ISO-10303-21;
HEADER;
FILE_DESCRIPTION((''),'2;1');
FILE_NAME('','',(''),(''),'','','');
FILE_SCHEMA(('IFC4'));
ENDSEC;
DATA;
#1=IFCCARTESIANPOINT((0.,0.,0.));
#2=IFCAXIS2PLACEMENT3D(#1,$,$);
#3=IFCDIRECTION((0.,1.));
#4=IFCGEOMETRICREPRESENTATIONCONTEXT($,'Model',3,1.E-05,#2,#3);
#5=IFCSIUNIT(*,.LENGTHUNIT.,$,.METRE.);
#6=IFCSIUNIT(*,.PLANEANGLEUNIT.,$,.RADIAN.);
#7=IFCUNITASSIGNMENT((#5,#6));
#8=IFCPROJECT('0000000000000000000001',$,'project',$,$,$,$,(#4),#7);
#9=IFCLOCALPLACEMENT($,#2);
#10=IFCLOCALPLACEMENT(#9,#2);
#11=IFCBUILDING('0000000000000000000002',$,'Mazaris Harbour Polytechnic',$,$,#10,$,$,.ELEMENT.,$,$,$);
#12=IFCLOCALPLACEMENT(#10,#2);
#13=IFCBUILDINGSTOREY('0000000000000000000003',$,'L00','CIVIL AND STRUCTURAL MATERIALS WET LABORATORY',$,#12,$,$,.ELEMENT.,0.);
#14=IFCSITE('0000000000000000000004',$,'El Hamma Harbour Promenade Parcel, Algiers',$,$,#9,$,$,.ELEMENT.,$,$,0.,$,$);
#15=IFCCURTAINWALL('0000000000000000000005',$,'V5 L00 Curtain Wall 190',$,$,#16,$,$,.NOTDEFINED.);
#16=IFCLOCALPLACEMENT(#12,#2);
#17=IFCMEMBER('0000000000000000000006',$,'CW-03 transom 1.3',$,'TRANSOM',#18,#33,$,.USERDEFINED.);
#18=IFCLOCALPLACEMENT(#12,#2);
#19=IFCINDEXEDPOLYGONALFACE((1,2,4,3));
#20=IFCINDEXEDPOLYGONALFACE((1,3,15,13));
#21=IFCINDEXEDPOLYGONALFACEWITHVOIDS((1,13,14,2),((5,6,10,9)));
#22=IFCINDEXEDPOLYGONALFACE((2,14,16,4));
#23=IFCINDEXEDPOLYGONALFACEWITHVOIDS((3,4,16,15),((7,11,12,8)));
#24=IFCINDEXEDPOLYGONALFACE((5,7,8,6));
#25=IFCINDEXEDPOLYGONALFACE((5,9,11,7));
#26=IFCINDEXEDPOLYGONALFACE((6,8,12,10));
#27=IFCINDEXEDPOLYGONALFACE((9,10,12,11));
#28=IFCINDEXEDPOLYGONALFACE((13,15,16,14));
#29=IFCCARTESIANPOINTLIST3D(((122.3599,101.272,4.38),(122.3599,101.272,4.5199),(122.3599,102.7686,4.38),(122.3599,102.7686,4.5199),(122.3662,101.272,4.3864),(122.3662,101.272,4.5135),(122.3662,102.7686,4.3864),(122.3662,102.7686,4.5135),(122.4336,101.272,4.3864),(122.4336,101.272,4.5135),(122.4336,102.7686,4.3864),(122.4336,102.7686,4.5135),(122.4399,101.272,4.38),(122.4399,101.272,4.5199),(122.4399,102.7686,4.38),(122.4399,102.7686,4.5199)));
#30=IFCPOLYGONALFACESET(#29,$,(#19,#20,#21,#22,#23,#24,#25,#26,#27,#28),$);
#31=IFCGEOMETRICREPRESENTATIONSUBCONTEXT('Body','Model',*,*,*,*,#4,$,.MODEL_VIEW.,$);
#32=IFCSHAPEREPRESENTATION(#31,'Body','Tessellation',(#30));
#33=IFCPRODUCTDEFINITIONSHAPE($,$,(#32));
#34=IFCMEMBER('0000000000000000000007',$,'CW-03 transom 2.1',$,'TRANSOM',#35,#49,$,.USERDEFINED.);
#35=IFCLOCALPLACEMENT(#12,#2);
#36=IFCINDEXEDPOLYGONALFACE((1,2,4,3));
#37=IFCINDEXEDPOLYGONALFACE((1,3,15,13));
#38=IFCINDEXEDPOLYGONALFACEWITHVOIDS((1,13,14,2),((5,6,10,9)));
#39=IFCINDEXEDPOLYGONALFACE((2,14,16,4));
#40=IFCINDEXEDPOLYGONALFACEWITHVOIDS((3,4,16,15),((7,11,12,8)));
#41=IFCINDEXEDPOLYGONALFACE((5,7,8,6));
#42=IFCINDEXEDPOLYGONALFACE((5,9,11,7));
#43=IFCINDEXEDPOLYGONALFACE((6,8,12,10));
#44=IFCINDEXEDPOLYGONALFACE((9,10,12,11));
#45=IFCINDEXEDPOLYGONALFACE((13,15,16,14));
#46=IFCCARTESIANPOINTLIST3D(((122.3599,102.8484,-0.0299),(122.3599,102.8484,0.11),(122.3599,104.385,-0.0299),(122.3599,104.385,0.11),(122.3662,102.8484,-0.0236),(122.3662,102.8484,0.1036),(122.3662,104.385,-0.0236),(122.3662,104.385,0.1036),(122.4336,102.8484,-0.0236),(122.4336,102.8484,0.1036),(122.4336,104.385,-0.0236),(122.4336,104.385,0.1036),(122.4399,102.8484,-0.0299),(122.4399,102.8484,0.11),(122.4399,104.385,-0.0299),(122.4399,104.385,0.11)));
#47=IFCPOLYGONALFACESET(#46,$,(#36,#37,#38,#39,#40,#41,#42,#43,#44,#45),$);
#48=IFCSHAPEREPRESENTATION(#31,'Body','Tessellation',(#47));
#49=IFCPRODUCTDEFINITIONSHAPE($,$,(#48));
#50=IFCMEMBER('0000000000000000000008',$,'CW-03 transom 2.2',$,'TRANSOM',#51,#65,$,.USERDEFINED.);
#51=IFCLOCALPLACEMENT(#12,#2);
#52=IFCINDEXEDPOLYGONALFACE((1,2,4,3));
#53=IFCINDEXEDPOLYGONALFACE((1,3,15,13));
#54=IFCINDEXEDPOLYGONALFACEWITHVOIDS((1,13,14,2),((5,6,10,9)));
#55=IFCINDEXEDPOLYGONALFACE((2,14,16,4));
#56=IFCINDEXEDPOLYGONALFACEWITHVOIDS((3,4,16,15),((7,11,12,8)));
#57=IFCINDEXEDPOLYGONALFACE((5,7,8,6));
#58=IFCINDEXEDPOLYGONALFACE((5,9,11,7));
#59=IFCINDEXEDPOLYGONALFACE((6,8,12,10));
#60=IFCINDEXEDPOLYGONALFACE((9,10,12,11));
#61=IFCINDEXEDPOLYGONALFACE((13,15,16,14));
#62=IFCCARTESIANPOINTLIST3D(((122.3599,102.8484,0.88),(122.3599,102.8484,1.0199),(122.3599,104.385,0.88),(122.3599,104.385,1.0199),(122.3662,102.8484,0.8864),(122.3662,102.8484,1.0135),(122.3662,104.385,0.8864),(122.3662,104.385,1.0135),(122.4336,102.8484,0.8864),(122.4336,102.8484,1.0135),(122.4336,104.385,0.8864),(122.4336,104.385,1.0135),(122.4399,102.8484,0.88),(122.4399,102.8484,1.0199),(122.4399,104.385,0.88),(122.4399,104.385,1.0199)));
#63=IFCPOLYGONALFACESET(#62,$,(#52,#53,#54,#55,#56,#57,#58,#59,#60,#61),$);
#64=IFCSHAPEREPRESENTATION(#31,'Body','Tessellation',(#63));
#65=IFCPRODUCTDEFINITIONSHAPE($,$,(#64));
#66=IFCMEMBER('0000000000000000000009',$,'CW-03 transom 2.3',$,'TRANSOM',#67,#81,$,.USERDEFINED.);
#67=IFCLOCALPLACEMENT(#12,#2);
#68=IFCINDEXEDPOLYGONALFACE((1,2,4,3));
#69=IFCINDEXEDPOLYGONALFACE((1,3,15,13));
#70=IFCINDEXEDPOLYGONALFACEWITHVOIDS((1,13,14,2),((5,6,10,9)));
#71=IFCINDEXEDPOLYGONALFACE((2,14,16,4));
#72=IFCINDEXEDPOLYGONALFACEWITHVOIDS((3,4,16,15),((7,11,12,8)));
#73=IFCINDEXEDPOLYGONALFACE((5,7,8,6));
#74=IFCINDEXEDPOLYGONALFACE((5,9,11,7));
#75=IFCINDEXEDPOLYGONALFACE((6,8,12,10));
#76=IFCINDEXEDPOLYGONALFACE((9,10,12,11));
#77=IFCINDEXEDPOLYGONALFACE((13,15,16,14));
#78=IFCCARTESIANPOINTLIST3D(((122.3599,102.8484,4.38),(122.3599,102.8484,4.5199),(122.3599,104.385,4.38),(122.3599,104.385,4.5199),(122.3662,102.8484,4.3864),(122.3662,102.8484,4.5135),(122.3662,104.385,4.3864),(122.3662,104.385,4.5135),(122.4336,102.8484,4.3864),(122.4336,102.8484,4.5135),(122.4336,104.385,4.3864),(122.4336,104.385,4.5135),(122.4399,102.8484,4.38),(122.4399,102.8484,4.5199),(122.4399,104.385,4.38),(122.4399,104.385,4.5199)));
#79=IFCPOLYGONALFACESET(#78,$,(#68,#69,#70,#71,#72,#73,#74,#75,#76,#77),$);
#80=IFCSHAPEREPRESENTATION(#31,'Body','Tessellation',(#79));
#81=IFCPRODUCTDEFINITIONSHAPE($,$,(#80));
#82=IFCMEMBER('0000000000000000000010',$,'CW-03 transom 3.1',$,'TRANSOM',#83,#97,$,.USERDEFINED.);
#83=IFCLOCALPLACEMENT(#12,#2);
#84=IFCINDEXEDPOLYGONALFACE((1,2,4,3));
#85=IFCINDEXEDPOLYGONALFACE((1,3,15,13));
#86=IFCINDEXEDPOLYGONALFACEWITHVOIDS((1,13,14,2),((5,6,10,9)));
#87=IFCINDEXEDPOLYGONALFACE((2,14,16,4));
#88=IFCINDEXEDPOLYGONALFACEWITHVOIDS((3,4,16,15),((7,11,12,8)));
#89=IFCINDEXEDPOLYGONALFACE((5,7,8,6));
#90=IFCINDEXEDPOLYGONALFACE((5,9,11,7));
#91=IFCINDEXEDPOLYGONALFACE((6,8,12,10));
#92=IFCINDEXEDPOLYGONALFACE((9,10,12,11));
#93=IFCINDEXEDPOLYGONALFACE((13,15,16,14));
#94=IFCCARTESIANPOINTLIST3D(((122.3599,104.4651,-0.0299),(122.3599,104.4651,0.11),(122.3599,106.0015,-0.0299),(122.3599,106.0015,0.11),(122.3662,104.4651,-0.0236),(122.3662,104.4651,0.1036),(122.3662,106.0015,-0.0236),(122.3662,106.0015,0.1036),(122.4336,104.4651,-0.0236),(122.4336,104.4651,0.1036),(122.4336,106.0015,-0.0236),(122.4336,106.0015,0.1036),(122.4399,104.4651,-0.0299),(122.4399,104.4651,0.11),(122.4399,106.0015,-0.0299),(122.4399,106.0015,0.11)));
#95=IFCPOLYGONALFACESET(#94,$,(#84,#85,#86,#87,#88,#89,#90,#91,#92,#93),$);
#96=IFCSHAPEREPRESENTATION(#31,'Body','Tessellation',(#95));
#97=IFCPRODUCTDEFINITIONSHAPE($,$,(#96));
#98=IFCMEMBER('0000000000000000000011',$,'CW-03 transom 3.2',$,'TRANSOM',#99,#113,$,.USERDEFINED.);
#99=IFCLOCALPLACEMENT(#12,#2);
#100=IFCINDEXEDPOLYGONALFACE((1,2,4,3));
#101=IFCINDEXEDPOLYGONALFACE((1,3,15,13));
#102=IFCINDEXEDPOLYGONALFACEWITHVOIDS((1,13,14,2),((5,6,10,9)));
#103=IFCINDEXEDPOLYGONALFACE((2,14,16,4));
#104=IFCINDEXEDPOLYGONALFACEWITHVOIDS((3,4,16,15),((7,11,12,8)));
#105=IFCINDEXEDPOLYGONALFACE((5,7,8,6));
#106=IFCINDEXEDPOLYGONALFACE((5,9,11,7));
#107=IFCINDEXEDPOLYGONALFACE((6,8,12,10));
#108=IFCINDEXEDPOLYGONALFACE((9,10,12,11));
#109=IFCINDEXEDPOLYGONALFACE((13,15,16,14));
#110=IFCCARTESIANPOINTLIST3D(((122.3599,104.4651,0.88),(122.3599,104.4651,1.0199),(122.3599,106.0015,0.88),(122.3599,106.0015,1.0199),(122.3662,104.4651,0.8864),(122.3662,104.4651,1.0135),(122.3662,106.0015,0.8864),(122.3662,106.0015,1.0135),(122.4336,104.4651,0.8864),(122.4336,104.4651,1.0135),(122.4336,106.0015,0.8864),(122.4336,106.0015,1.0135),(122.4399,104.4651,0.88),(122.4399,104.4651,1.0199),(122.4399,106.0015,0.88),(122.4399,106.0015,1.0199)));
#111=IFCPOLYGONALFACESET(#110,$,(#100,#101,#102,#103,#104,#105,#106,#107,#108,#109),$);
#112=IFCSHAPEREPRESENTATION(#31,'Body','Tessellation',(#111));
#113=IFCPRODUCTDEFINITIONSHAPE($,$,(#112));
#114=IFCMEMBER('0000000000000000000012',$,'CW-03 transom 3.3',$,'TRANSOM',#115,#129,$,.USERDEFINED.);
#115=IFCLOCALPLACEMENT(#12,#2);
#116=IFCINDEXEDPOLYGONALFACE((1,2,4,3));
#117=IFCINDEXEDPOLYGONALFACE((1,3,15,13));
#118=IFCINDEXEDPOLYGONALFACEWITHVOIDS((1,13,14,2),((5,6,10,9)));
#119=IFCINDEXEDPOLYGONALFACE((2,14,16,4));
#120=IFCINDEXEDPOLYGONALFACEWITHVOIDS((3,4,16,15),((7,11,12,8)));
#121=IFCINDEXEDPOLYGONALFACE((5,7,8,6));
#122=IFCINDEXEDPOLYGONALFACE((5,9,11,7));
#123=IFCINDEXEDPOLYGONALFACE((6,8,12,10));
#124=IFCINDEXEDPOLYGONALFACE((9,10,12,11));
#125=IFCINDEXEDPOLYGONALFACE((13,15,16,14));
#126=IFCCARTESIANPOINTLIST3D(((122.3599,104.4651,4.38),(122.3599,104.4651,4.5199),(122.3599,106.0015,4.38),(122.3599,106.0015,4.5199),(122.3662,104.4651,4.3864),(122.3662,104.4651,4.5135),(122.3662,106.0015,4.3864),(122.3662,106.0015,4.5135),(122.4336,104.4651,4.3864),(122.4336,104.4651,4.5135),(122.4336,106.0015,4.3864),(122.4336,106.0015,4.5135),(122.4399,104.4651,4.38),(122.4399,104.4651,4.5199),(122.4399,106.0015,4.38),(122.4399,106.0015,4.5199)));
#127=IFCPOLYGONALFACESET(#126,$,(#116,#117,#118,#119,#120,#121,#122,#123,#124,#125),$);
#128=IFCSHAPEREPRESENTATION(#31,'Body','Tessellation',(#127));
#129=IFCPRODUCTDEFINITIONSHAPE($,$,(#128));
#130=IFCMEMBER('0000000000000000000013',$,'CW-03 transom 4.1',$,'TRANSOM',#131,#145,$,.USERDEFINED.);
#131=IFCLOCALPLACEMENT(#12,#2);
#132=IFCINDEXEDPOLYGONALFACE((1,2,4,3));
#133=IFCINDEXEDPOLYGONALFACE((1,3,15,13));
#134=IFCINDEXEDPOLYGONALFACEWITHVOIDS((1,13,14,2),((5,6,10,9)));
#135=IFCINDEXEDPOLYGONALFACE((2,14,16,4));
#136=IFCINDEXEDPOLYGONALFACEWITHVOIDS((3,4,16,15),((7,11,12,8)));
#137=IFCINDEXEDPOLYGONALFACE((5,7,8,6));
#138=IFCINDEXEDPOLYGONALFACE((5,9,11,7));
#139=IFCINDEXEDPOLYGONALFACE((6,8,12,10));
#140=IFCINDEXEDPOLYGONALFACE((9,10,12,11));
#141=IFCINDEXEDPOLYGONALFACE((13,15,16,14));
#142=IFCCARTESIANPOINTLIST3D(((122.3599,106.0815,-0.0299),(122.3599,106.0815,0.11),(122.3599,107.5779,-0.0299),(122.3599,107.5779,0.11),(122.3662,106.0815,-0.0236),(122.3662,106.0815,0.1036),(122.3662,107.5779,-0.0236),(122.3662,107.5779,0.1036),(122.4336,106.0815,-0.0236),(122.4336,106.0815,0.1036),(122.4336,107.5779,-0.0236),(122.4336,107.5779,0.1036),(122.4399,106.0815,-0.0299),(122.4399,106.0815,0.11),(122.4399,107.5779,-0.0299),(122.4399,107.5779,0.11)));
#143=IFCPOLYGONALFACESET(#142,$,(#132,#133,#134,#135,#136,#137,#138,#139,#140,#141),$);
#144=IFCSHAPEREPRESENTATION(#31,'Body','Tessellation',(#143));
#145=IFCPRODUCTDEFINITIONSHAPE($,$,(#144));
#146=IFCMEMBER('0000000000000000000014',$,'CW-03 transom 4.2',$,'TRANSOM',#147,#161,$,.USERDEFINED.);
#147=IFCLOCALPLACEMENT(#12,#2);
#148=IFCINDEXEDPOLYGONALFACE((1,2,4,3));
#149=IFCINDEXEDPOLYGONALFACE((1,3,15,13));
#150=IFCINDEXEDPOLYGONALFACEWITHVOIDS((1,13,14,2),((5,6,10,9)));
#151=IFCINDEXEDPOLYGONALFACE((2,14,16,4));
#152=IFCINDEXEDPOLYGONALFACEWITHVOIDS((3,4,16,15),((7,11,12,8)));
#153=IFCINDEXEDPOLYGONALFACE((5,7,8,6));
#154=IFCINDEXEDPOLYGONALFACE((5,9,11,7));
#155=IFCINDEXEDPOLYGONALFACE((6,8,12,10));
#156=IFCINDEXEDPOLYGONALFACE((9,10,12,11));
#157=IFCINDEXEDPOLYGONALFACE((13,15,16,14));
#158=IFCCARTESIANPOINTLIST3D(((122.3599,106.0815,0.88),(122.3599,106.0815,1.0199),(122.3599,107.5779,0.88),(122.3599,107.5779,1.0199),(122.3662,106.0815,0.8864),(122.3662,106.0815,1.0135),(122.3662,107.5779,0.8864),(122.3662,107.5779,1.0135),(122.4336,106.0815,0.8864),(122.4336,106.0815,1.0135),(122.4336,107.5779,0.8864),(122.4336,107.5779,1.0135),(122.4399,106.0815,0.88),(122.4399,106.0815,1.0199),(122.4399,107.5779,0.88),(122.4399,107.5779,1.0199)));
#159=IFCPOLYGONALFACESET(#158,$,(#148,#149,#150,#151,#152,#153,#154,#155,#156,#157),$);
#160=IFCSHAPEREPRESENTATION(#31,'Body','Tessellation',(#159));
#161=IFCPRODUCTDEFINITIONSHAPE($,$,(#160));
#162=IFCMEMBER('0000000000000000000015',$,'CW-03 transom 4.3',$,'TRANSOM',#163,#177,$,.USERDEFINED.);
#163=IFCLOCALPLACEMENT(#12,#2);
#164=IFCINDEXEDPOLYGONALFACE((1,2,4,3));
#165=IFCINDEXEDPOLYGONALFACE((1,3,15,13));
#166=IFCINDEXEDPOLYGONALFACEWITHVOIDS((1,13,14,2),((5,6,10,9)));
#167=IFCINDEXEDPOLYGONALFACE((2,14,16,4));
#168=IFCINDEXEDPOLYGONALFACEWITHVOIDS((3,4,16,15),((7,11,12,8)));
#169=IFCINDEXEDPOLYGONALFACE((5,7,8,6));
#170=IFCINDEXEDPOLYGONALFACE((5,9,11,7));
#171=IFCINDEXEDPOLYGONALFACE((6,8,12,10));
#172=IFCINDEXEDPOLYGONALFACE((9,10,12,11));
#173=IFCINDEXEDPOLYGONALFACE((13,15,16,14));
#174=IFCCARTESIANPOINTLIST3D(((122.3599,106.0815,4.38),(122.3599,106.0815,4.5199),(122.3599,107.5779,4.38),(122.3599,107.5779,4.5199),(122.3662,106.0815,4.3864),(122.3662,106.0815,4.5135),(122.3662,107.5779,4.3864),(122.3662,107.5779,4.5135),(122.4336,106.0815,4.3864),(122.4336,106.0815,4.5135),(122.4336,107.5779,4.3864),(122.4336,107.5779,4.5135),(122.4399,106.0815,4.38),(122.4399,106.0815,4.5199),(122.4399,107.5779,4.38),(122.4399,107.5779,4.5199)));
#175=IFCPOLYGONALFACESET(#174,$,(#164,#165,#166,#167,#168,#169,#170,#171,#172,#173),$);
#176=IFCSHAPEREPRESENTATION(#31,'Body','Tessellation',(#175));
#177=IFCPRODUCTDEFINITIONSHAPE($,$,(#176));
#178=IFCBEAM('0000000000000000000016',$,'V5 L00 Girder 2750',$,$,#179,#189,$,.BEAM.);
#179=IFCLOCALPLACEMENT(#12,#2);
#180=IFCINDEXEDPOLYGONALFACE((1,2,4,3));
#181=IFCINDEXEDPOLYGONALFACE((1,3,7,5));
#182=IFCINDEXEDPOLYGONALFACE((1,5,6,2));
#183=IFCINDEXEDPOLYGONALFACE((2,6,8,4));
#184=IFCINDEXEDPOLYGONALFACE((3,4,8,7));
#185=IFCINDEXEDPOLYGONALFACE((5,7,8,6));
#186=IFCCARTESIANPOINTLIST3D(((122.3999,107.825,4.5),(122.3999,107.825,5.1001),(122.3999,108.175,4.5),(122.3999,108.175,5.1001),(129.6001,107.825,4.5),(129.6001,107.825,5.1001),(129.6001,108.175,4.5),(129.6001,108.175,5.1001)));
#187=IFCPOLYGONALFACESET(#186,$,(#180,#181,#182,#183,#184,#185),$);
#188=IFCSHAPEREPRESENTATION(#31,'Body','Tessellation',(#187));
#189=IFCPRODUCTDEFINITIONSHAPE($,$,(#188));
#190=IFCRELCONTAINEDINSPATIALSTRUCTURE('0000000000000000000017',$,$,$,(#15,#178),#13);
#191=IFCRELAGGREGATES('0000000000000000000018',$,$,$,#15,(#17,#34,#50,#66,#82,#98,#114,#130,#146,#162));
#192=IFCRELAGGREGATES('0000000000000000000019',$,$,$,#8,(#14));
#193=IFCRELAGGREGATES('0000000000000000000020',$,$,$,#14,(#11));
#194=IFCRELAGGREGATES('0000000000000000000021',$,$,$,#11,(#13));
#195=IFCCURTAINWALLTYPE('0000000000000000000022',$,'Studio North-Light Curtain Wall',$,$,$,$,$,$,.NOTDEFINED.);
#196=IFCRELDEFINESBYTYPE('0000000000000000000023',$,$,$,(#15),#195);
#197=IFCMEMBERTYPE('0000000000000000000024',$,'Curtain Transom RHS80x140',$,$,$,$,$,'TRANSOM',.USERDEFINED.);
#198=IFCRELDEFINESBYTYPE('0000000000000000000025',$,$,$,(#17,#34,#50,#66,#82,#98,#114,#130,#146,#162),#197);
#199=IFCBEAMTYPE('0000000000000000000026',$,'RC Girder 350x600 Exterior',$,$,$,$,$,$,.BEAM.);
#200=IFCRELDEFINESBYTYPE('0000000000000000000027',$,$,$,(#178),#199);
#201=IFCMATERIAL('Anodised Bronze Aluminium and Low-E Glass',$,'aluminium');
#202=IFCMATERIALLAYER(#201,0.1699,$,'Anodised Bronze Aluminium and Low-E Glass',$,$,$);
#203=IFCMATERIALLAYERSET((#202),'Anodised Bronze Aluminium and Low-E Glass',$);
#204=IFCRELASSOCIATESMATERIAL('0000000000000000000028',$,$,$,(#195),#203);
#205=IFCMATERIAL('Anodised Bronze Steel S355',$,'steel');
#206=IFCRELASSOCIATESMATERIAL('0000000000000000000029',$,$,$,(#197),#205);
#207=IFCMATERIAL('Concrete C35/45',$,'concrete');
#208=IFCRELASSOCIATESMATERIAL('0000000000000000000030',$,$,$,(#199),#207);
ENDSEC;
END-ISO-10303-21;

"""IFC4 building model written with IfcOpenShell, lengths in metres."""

from ifc_helpers import new_model, si_unit, direction, frame, origin, origin_2d, place, context, subcontext, project, spatial, rectangle, hollow_rectangle, extrude, material, layer, layer_set, material_profile, profile_set, type_object, element, aggregate, save


model = new_model("IFC4")

# Units and contexts
model_context = context("Model", 3, precision=1e-05, world=origin(), true_north=direction((0.0, 1.0)))
body_context = subcontext(model_context, "Body", "Model", "MODEL_VIEW")
ifc_project = project(units=[si_unit("LENGTHUNIT", "METRE"), si_unit("PLANEANGLEUNIT", "RADIAN")], contexts=[model_context])

# Site, building, storey
site_placement = place(None, origin())
site = spatial("IfcSite", under=ifc_project, at=site_placement, Name="El Hamma Harbour Promenade Parcel, Algiers", CompositionType="ELEMENT", RefElevation=0.0)
building_placement = place(site_placement, origin())
building = spatial("IfcBuilding", under=site, at=building_placement, Name="Mazaris Harbour Polytechnic", CompositionType="ELEMENT")
storey_placement = place(building_placement, origin())
storey = spatial("IfcBuildingStorey", under=building, at=storey_placement, Name="L00", Description="CIVIL AND STRUCTURAL MATERIALS WET LABORATORY", CompositionType="ELEMENT", Elevation=0.0)

# Shared definitions
ifc_material_1 = material(Name="Anodised Bronze Aluminium and Low-E Glass", Category="aluminium")
ifc_layer_1 = layer(ifc_material_1, 0.1699, Name="Anodised Bronze Aluminium and Low-E Glass")
ifc_layer_set_1 = layer_set([ifc_layer_1], Name="Anodised Bronze Aluminium and Low-E Glass")
curtain_wall_type = type_object("IfcCurtainWallType", Name="Studio North-Light Curtain Wall", PredefinedType="NOTDEFINED", material=ifc_layer_set_1)

# Curtain wall
curtain_wall_1_placement = place(storey_placement, origin())
curtain_wall_1 = element("IfcCurtainWall", 1, at=curtain_wall_1_placement, inside=storey, type_object=curtain_wall_type, Name="V5 L00 Curtain Wall 190", PredefinedType="NOTDEFINED")

# Members
ifc_material_2 = material(Name="Anodised Bronze Steel S355", Category="steel")
ifc_material_profile_1 = material_profile(ifc_material_2, hollow_rectangle(XDim=0.0801, YDim=0.1399, WallThickness=0.0063, at=origin_2d()), Name="RHS 80x140x6.3")
ifc_profile_set_1 = profile_set([ifc_material_profile_1], Name="Anodised Bronze Steel S355")
member_type_1 = type_object("IfcMemberType", Name="Curtain Transom RHS80x140", ElementType="TRANSOM", PredefinedType="USERDEFINED", material=ifc_profile_set_1)
member_1_placement = place(storey_placement, frame((122.3999, 101.272, 4.45), z_axis=(0.0, 1.0, 0.0), x_axis=(-1.0, 0.0, 0.0)))
member_1 = element("IfcMember", 2, at=member_1_placement, type_object=member_type_1, Name="CW-03 transom 1.3", ObjectType="TRANSOM", PredefinedType="USERDEFINED", context=body_context, shape_type="SweptSolid", body=[
    extrude(hollow_rectangle(XDim=0.0801, YDim=0.1399, WallThickness=0.0063, at=origin_2d()), origin(), (0.0, 0.0, 1.0), 1.4966),
])
member_2_placement = place(storey_placement, frame((122.3999, 102.8484, 0.04), z_axis=(0.0, 1.0, 0.0), x_axis=(-1.0, 0.0, 0.0)))
member_2 = element("IfcMember", 3, at=member_2_placement, type_object=member_type_1, Name="CW-03 transom 2.1", ObjectType="TRANSOM", PredefinedType="USERDEFINED", context=body_context, shape_type="SweptSolid", body=[
    extrude(hollow_rectangle(XDim=0.0801, YDim=0.1399, WallThickness=0.0063, at=origin_2d()), origin(), (0.0, 0.0, 1.0), 1.5366),
])
member_3_placement = place(storey_placement, frame((122.3999, 102.8484, 0.95), z_axis=(0.0, 1.0, 0.0), x_axis=(-1.0, 0.0, 0.0)))
member_3 = element("IfcMember", 4, at=member_3_placement, type_object=member_type_1, Name="CW-03 transom 2.2", ObjectType="TRANSOM", PredefinedType="USERDEFINED", context=body_context, shape_type="SweptSolid", body=[
    extrude(hollow_rectangle(XDim=0.0801, YDim=0.1399, WallThickness=0.0063, at=origin_2d()), origin(), (0.0, 0.0, 1.0), 1.5366),
])
member_4_placement = place(storey_placement, frame((122.3999, 102.8484, 4.45), z_axis=(0.0, 1.0, 0.0), x_axis=(-1.0, 0.0, 0.0)))
member_4 = element("IfcMember", 5, at=member_4_placement, type_object=member_type_1, Name="CW-03 transom 2.3", ObjectType="TRANSOM", PredefinedType="USERDEFINED", context=body_context, shape_type="SweptSolid", body=[
    extrude(hollow_rectangle(XDim=0.0801, YDim=0.1399, WallThickness=0.0063, at=origin_2d()), origin(), (0.0, 0.0, 1.0), 1.5366),
])
member_5_placement = place(storey_placement, frame((122.3999, 104.4651, 0.04), z_axis=(0.0, 1.0, 0.0), x_axis=(-1.0, 0.0, 0.0)))
member_5 = element("IfcMember", 6, at=member_5_placement, type_object=member_type_1, Name="CW-03 transom 3.1", ObjectType="TRANSOM", PredefinedType="USERDEFINED", context=body_context, shape_type="SweptSolid", body=[
    extrude(hollow_rectangle(XDim=0.0801, YDim=0.1399, WallThickness=0.0063, at=origin_2d()), origin(), (0.0, 0.0, 1.0), 1.5364),
])
member_6_placement = place(storey_placement, frame((122.3999, 104.4651, 0.95), z_axis=(0.0, 1.0, 0.0), x_axis=(-1.0, 0.0, 0.0)))
member_6 = element("IfcMember", 7, at=member_6_placement, type_object=member_type_1, Name="CW-03 transom 3.2", ObjectType="TRANSOM", PredefinedType="USERDEFINED", context=body_context, shape_type="SweptSolid", body=[
    extrude(hollow_rectangle(XDim=0.0801, YDim=0.1399, WallThickness=0.0063, at=origin_2d()), origin(), (0.0, 0.0, 1.0), 1.5364),
])
member_7_placement = place(storey_placement, frame((122.3999, 104.4651, 4.45), z_axis=(0.0, 1.0, 0.0), x_axis=(-1.0, 0.0, 0.0)))
member_7 = element("IfcMember", 8, at=member_7_placement, type_object=member_type_1, Name="CW-03 transom 3.3", ObjectType="TRANSOM", PredefinedType="USERDEFINED", context=body_context, shape_type="SweptSolid", body=[
    extrude(hollow_rectangle(XDim=0.0801, YDim=0.1399, WallThickness=0.0063, at=origin_2d()), origin(), (0.0, 0.0, 1.0), 1.5364),
])
member_8_placement = place(storey_placement, frame((122.3999, 106.0815, 0.04), z_axis=(0.0, 1.0, 0.0), x_axis=(-1.0, 0.0, 0.0)))
member_8 = element("IfcMember", 9, at=member_8_placement, type_object=member_type_1, Name="CW-03 transom 4.1", ObjectType="TRANSOM", PredefinedType="USERDEFINED", context=body_context, shape_type="SweptSolid", body=[
    extrude(hollow_rectangle(XDim=0.0801, YDim=0.1399, WallThickness=0.0063, at=origin_2d()), origin(), (0.0, 0.0, 1.0), 1.4963),
])
member_9_placement = place(storey_placement, frame((122.3999, 106.0815, 0.95), z_axis=(0.0, 1.0, 0.0), x_axis=(-1.0, 0.0, 0.0)))
member_9 = element("IfcMember", 10, at=member_9_placement, type_object=member_type_1, Name="CW-03 transom 4.2", ObjectType="TRANSOM", PredefinedType="USERDEFINED", context=body_context, shape_type="SweptSolid", body=[
    extrude(hollow_rectangle(XDim=0.0801, YDim=0.1399, WallThickness=0.0063, at=origin_2d()), origin(), (0.0, 0.0, 1.0), 1.4963),
])
member_10_placement = place(storey_placement, frame((122.3999, 106.0815, 4.45), z_axis=(0.0, 1.0, 0.0), x_axis=(-1.0, 0.0, 0.0)))
member_10 = element("IfcMember", 11, at=member_10_placement, type_object=member_type_1, Name="CW-03 transom 4.3", ObjectType="TRANSOM", PredefinedType="USERDEFINED", context=body_context, shape_type="SweptSolid", body=[
    extrude(hollow_rectangle(XDim=0.0801, YDim=0.1399, WallThickness=0.0063, at=origin_2d()), origin(), (0.0, 0.0, 1.0), 1.4963),
])

# Beam
ifc_material_3 = material(Name="Concrete C35/45", Category="concrete")
ifc_material_profile_2 = material_profile(ifc_material_3, rectangle(XDim=0.3501, YDim=0.6001, at=origin_2d()), Name="RECT350x600")
ifc_profile_set_2 = profile_set([ifc_material_profile_2], Name="Concrete C35/45")
beam_type = type_object("IfcBeamType", Name="RC Girder 350x600 Exterior", PredefinedType="BEAM", material=ifc_profile_set_2)
beam_placement = place(storey_placement, frame((122.3999, 108.0, 4.8), z_axis=(1.0, 0.0, 0.0), x_axis=(0.0, 1.0, 0.0)))
element("IfcBeam", 12, at=beam_placement, inside=storey, type_object=beam_type, Name="V5 L00 Girder 2750", PredefinedType="BEAM", context=body_context, shape_type="SweptSolid", body=[
    extrude(rectangle(XDim=0.3501, YDim=0.6001, at=origin_2d()), origin(), (0.0, 0.0, 1.0), 7.2002),
])

aggregate(curtain_wall_1, [member_1, member_2, member_3, member_4, member_5, member_6, member_7, member_8, member_9, member_10])

save(model, "model.ifc")
